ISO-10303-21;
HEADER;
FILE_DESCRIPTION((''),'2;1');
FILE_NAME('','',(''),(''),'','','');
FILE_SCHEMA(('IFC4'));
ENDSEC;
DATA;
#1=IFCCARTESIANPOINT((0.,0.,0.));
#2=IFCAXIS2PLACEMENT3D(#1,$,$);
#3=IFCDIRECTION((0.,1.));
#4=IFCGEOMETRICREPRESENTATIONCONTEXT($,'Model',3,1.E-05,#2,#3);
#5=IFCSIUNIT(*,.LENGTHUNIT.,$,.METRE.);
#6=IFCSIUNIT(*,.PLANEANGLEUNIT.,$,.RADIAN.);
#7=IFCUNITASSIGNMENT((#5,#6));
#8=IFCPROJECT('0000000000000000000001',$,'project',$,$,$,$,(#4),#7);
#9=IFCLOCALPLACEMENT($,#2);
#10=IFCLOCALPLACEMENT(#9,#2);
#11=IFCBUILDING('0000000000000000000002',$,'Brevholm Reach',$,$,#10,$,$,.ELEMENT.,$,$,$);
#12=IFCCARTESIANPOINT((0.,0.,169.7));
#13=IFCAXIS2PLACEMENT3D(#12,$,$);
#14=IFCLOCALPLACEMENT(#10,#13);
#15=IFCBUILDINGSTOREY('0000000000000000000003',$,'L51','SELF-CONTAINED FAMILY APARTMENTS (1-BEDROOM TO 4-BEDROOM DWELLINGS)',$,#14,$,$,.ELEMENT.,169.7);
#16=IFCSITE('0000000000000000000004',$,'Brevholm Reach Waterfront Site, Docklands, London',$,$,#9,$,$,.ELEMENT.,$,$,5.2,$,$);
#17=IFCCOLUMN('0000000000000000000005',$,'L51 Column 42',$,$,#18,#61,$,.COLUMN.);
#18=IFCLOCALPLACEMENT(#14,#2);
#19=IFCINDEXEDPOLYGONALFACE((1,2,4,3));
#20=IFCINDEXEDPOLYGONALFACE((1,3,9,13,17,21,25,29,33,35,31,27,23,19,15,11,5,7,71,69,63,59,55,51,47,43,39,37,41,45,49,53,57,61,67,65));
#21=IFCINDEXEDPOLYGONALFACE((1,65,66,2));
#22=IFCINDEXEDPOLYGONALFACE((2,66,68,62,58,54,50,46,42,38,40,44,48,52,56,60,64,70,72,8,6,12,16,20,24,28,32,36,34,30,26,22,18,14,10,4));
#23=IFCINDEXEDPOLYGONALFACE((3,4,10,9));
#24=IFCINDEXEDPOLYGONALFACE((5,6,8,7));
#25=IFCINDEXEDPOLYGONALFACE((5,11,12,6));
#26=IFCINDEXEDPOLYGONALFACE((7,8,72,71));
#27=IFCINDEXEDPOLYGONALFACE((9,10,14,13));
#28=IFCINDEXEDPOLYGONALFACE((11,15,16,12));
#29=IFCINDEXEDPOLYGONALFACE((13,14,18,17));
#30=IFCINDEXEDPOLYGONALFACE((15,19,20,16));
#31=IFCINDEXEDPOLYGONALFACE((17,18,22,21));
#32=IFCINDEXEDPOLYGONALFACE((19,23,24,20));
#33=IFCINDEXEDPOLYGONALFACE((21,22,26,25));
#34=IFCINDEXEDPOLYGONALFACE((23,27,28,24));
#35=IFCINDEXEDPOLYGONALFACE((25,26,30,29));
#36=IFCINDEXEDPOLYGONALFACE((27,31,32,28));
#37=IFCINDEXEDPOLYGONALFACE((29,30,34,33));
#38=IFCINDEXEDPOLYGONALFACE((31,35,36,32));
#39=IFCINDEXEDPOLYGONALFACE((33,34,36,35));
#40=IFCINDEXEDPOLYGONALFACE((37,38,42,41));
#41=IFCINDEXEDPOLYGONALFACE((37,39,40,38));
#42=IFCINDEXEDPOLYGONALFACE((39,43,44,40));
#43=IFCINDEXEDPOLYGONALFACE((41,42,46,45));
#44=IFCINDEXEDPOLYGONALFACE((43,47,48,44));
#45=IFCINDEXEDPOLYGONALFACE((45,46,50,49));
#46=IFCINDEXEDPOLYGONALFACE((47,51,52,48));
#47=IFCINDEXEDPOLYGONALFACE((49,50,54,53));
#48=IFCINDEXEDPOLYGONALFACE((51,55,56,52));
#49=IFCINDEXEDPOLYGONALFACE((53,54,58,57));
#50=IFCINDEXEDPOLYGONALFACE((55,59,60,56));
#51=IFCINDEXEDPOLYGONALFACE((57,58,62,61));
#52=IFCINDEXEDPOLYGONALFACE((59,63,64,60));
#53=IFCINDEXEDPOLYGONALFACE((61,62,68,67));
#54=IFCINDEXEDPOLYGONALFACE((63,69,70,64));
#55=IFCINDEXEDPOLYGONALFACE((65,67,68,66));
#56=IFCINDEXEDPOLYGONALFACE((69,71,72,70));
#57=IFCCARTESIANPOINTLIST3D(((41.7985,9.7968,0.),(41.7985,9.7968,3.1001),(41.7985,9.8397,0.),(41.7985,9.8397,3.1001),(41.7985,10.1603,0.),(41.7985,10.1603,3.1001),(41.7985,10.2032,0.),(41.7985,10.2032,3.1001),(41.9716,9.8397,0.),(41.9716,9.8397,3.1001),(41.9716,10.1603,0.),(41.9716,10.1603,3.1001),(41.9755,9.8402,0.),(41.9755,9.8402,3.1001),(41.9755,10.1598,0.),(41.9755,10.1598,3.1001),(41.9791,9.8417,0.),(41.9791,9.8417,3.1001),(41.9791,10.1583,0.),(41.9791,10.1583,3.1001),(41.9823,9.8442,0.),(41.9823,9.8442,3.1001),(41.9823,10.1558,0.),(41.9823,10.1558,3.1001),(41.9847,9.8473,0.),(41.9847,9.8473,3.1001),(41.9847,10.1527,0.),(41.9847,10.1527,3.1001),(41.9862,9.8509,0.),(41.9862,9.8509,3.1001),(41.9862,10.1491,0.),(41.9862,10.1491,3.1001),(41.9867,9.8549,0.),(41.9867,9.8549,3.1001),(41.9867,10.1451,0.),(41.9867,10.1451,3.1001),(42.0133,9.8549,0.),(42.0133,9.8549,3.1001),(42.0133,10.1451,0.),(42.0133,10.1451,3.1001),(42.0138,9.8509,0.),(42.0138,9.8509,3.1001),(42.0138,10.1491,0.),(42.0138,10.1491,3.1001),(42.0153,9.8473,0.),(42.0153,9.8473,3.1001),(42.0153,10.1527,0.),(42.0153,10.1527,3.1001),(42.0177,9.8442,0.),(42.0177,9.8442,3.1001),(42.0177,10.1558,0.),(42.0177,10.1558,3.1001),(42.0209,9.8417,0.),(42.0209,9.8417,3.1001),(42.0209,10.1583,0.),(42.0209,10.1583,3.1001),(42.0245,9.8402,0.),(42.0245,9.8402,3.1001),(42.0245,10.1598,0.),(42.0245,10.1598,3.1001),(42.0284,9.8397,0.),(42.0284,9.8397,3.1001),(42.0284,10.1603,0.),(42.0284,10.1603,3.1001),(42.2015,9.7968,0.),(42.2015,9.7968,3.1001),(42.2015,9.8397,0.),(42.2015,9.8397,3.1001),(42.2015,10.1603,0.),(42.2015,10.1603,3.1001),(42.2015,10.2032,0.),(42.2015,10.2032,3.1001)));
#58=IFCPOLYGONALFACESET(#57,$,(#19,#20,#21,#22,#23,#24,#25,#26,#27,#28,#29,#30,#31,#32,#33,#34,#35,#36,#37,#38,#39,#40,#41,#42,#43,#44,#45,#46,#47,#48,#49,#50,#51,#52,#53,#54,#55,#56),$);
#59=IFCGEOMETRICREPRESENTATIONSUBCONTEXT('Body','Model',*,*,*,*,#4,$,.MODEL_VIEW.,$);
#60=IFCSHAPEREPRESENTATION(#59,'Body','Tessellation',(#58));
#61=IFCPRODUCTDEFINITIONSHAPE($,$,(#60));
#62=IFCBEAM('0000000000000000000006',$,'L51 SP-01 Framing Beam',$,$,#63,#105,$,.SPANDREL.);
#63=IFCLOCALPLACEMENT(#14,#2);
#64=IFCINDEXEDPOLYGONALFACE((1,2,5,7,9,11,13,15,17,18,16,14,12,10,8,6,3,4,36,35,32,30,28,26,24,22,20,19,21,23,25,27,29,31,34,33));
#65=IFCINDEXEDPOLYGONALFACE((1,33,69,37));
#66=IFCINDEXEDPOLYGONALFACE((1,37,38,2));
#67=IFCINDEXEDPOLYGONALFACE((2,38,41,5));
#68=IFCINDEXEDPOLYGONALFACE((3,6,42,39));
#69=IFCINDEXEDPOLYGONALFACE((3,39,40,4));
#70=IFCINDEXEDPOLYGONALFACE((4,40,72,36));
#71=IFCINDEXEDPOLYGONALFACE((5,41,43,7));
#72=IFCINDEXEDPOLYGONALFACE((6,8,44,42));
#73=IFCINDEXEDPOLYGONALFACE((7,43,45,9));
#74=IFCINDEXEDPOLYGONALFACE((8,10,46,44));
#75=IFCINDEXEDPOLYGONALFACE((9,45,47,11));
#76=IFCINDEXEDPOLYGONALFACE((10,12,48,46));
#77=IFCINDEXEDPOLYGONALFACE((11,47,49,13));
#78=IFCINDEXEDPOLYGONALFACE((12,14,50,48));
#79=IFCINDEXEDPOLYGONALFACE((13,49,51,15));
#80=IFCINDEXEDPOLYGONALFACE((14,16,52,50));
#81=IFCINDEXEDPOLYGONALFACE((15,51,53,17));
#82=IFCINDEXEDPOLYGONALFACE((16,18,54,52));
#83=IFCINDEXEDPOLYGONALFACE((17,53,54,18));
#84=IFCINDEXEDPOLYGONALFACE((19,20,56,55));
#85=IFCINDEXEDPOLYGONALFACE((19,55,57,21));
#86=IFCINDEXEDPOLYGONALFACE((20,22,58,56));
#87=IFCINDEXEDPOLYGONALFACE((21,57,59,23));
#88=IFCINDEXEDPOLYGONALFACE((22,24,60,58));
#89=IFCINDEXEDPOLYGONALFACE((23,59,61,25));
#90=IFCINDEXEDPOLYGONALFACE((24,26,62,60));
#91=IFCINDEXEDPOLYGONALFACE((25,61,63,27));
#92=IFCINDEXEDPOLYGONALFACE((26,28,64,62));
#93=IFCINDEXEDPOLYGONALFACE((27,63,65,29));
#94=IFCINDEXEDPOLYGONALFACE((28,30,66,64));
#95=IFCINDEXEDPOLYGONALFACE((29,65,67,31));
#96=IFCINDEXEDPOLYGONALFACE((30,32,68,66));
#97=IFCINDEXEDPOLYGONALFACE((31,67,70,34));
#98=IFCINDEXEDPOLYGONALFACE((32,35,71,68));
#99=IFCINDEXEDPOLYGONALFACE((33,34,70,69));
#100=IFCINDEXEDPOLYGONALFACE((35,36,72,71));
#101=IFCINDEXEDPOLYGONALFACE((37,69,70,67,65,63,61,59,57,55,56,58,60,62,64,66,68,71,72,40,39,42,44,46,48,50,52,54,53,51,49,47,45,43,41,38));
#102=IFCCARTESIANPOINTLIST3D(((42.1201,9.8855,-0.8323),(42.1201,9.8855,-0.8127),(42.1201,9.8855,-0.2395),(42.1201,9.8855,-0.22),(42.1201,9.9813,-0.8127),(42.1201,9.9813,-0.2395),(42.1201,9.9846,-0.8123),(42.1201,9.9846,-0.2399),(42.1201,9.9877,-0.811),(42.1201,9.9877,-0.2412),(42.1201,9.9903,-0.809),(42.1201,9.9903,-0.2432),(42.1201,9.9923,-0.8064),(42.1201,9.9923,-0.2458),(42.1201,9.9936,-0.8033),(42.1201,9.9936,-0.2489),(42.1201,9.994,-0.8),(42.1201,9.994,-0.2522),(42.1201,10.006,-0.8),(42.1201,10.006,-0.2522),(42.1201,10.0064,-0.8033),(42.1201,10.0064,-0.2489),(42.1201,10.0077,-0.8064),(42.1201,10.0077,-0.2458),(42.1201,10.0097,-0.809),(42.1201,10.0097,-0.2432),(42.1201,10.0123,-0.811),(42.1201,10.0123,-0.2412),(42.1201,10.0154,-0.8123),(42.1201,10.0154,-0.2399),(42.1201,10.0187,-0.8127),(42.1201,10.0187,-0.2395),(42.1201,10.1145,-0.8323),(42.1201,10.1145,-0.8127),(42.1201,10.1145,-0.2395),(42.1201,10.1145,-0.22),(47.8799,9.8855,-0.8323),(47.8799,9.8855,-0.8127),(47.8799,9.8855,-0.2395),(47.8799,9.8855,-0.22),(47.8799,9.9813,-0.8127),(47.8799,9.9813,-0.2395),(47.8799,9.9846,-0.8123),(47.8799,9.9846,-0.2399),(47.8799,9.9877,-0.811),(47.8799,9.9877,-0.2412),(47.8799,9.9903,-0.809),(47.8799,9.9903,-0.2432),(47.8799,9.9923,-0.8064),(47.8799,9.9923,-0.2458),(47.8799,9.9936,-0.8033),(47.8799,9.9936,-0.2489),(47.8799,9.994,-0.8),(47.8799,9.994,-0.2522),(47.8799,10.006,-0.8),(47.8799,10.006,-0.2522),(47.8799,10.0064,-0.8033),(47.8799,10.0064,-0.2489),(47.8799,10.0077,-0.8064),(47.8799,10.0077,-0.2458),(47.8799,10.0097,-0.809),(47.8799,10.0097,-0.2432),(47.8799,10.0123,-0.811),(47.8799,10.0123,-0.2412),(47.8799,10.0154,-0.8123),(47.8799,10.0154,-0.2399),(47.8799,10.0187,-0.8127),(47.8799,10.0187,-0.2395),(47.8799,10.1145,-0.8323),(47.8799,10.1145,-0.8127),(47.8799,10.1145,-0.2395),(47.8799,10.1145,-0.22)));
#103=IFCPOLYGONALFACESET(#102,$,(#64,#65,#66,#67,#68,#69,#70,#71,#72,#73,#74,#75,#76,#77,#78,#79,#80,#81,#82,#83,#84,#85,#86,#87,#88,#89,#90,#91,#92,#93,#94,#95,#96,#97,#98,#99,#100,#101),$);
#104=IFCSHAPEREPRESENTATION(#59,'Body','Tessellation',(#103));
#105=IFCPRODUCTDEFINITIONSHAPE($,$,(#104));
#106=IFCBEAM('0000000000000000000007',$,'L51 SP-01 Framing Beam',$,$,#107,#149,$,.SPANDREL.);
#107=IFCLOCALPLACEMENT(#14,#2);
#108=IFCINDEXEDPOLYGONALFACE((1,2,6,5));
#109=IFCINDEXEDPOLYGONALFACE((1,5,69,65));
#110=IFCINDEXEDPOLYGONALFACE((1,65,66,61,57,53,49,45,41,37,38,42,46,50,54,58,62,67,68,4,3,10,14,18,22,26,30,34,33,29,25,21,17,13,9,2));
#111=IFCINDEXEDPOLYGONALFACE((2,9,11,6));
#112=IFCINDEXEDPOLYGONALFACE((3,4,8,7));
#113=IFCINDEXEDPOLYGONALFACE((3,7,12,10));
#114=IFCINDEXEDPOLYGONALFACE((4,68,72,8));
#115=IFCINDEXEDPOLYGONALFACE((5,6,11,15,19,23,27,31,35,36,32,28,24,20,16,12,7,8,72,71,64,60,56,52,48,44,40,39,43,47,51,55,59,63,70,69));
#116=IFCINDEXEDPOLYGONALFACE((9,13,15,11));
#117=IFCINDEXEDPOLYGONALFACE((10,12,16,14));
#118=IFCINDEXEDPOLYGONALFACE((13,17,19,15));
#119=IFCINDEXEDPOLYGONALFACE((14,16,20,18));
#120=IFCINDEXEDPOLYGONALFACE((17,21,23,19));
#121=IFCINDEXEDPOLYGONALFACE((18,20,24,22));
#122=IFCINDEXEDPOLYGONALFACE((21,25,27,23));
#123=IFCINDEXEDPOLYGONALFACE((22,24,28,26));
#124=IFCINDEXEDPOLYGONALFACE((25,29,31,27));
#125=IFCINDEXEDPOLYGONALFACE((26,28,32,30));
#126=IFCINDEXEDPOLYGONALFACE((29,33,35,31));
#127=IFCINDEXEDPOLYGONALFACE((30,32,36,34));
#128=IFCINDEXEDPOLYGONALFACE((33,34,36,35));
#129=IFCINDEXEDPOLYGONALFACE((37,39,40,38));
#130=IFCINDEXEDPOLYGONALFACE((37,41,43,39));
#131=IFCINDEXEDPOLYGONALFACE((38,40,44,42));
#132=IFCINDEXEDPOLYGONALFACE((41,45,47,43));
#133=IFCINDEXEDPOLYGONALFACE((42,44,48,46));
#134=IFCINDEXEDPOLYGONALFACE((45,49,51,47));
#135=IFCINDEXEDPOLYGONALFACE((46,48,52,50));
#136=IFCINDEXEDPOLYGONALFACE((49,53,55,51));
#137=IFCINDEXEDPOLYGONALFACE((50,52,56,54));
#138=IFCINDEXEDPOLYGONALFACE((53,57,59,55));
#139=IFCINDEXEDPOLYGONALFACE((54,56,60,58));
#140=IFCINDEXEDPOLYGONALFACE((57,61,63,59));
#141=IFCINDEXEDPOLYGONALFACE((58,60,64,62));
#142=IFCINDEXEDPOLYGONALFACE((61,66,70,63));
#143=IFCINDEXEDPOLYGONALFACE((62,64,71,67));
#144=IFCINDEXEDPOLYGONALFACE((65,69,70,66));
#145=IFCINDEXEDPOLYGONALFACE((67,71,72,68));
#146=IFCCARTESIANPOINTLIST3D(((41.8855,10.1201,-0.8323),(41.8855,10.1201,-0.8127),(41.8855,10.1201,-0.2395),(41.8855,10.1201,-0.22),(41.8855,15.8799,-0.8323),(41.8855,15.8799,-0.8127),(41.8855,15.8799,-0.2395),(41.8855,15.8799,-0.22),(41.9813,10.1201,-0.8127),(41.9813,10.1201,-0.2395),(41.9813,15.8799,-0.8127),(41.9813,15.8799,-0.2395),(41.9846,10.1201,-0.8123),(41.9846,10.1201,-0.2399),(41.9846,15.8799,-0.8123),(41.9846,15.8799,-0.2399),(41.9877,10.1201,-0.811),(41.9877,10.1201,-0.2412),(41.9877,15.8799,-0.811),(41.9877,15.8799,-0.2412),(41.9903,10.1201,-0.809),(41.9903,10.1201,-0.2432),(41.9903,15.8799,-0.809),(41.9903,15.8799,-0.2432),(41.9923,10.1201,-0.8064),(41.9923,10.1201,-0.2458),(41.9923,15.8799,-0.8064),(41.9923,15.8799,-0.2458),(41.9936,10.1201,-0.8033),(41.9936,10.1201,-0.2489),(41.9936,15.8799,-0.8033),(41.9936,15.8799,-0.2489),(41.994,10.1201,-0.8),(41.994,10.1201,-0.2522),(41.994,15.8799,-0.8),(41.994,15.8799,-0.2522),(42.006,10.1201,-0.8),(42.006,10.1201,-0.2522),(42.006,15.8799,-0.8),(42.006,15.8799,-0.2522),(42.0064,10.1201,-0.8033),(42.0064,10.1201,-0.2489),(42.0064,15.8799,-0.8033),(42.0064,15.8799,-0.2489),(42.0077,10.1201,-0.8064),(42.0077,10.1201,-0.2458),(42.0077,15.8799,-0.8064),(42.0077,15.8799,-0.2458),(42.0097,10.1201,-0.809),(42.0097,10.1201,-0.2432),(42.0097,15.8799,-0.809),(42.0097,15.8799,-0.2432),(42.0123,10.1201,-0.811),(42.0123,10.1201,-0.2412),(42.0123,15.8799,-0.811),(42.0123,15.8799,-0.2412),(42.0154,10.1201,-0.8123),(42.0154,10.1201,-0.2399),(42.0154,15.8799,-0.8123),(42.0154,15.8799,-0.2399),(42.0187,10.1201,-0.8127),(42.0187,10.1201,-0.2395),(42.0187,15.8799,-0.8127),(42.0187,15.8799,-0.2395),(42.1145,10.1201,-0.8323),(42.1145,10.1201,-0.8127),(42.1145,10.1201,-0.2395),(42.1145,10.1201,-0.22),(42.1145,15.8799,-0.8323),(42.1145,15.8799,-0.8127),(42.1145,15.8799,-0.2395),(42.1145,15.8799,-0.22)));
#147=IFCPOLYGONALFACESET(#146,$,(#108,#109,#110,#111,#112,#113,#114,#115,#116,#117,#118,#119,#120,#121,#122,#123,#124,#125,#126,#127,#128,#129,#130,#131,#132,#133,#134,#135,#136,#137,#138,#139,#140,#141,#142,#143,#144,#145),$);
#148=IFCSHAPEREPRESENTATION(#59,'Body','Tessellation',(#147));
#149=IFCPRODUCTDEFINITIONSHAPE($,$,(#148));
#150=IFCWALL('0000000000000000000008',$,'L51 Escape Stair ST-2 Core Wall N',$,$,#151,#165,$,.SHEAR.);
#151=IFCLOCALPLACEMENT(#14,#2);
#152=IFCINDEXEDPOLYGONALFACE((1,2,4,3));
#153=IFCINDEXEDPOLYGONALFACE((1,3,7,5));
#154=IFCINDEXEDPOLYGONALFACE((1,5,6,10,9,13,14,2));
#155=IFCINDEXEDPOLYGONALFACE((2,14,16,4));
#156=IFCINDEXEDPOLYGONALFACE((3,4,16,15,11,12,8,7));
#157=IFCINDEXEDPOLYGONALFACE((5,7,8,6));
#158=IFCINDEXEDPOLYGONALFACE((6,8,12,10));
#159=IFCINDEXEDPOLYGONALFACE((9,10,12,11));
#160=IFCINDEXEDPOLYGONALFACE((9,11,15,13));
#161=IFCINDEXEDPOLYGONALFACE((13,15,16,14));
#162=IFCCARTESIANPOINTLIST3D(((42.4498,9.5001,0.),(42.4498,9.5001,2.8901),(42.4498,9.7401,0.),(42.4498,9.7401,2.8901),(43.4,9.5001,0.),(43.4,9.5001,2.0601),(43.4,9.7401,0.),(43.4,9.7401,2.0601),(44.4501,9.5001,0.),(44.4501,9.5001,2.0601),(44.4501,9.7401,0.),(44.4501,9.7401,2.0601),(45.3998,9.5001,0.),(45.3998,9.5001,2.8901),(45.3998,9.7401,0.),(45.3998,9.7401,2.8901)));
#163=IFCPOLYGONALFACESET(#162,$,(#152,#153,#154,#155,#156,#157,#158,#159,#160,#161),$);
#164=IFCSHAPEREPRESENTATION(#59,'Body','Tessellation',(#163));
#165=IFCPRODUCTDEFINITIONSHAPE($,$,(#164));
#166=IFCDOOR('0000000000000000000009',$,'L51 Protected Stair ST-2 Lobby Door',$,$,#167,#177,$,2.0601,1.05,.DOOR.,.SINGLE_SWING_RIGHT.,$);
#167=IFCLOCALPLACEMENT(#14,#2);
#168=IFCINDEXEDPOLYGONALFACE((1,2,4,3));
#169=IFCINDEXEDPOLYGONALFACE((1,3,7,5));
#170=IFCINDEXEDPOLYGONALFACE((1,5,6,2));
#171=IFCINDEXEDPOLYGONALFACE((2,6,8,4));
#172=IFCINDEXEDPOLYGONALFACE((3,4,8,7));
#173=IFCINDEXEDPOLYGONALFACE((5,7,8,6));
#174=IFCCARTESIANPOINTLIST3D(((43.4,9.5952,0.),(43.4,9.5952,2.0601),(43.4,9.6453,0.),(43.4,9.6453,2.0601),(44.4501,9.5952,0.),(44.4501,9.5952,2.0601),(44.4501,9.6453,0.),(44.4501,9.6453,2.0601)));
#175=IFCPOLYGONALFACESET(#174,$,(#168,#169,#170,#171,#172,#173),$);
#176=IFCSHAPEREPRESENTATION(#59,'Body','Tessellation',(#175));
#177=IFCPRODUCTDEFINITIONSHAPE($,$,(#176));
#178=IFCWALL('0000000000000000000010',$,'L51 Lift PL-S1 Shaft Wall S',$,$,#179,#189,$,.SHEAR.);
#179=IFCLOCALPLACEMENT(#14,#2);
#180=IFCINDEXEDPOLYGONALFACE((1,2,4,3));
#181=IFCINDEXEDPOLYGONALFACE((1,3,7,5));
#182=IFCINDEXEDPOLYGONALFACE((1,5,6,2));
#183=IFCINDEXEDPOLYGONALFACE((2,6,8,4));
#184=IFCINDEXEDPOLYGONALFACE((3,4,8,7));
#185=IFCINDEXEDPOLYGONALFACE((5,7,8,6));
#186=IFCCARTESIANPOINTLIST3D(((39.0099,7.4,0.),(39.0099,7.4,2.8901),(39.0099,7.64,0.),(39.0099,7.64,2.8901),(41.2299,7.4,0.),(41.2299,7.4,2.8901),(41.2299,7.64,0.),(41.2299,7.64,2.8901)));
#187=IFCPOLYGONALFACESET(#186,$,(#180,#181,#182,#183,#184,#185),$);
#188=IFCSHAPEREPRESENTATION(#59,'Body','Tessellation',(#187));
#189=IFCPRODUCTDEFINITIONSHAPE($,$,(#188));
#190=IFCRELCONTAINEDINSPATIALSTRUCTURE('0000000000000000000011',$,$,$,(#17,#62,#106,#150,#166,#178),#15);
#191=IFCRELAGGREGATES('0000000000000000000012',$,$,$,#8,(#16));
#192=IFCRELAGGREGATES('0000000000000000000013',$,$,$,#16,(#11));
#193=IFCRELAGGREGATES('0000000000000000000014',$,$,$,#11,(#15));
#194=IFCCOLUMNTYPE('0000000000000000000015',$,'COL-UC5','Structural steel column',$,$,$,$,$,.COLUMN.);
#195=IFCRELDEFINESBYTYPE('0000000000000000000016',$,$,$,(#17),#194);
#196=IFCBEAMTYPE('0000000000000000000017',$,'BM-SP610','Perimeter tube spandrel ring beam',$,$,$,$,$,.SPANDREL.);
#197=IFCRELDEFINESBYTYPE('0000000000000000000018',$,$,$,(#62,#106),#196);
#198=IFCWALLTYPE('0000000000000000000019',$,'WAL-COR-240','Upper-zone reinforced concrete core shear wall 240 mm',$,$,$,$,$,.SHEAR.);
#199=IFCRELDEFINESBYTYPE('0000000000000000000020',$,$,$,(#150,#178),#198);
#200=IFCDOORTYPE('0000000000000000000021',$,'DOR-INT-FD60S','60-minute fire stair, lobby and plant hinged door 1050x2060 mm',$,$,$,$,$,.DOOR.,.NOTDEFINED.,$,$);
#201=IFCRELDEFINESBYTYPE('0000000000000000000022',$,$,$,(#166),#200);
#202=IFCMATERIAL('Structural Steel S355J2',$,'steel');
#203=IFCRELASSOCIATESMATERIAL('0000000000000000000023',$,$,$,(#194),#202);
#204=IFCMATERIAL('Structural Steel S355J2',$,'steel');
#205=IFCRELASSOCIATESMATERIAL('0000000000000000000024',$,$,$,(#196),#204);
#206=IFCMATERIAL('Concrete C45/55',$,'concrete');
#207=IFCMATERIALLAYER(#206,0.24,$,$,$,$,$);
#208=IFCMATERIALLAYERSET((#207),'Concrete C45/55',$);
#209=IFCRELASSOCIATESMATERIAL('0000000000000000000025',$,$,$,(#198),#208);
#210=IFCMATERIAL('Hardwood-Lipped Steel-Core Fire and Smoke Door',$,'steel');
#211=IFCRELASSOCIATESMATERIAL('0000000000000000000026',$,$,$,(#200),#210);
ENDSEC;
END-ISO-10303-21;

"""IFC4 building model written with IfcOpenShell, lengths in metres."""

from ifc_helpers import new_model, si_unit, direction, frame, frame_2d, origin, origin_2d, place, context, subcontext, project, spatial, rectangle, i_section, extrude, material, layer, layer_set, material_profile, profile_set, type_object, element, fill, save


model = new_model("IFC4")

# Units and contexts
model_context = context("Model", 3, precision=1e-05, world=origin(), true_north=direction((0.0, 1.0)))
body_context = subcontext(model_context, "Body", "Model", "MODEL_VIEW")
ifc_project = project(units=[si_unit("LENGTHUNIT", "METRE"), si_unit("PLANEANGLEUNIT", "RADIAN")], contexts=[model_context])

# Site, building, storey
site_placement = place(None, origin())
site = spatial("IfcSite", under=ifc_project, at=site_placement, Name="Brevholm Reach Waterfront Site, Docklands, London", CompositionType="ELEMENT", RefElevation=5.2)
building_placement = place(site_placement, origin())
building = spatial("IfcBuilding", under=site, at=building_placement, Name="Brevholm Reach", CompositionType="ELEMENT")
storey_placement = place(building_placement, frame((0.0, 0.0, 169.7)))
storey = spatial("IfcBuildingStorey", under=building, at=storey_placement, Name="L51", Description="SELF-CONTAINED FAMILY APARTMENTS (1-BEDROOM TO 4-BEDROOM DWELLINGS)", CompositionType="ELEMENT", Elevation=169.7)

# Column
ifc_material_1 = material(Name="Structural Steel S355J2", Category="steel")
ifc_material_profile_1 = material_profile(ifc_material_1, i_section(OverallWidth=0.4031, OverallDepth=0.4065, WebThickness=0.0266, FlangeThickness=0.043, FilletRadius=0.0151, at=origin_2d()), Name="UKC 356x406x340")
ifc_profile_set_1 = profile_set([ifc_material_profile_1], Name="Structural Steel S355J2")
column_type = type_object("IfcColumnType", Name="COL-UC5", Description="Structural steel column", PredefinedType="COLUMN", material=ifc_profile_set_1)
column_placement = place(storey_placement, frame((42.0, 10.0, 0.0), z_axis=(0.0, 0.0, 1.0), x_axis=(1.0, 0.0, 0.0)))
element("IfcColumn", 1, at=column_placement, inside=storey, type_object=column_type, Name="L51 Column 42", PredefinedType="COLUMN", context=body_context, shape_type="SweptSolid", body=[
    extrude(i_section(OverallWidth=0.4031, OverallDepth=0.4065, WebThickness=0.0266, FlangeThickness=0.043, FilletRadius=0.0151, at=origin_2d()), origin(), (0.0, 0.0, 1.0), 3.1001),
])

# Beams
ifc_material_2 = material(Name="Structural Steel S355J2", Category="steel")
ifc_material_profile_2 = material_profile(ifc_material_2, i_section(OverallWidth=0.229, OverallDepth=0.6123, WebThickness=0.012, FlangeThickness=0.0195, FilletRadius=0.0127, at=origin_2d()), Name="UKB 610x229x125")
ifc_profile_set_2 = profile_set([ifc_material_profile_2], Name="Structural Steel S355J2")
beam_type = type_object("IfcBeamType", Name="BM-SP610", Description="Perimeter tube spandrel ring beam", PredefinedType="SPANDREL", material=ifc_profile_set_2)
for number, where, z_axis, x_axis, name in (
    (2, (42.1201, 10.0, -0.5261), (1.0, 0.0, 0.0), (0.0, 1.0, 0.0), "L51 SP-01 Framing Beam"),
    (3, (42.0, 10.1201, -0.5261), (0.0, 1.0, 0.0), (-1.0, 0.0, 0.0), "L51 SP-01 Framing Beam"),
):
    element("IfcBeam", number, at=place(storey_placement, frame(where, z_axis=z_axis, x_axis=x_axis)), inside=storey, type_object=beam_type, Name=name, PredefinedType="SPANDREL", context=body_context, shape_type="SweptSolid", body=[
        extrude(i_section(OverallWidth=0.229, OverallDepth=0.6123, WebThickness=0.012, FlangeThickness=0.0195, FilletRadius=0.0127, at=origin_2d()), origin(), (0.0, 0.0, 1.0), 5.7598),
    ])

# Wall, opening, door
ifc_material_3 = material(Name="Concrete C45/55", Category="concrete")
ifc_layer_1 = layer(ifc_material_3, 0.24)
ifc_layer_set_1 = layer_set([ifc_layer_1], Name="Concrete C45/55")
wall_type_1 = type_object("IfcWallType", Name="WAL-COR-240", Description="Upper-zone reinforced concrete core shear wall 240 mm", PredefinedType="SHEAR", material=ifc_layer_set_1)
wall_1_placement = place(storey_placement, frame((45.3999, 9.6201, 0.0), z_axis=(0.0, 0.0, 1.0), x_axis=(-1.0, 0.0, 0.0)))
wall_1 = element("IfcWall", 4, at=wall_1_placement, inside=storey, type_object=wall_type_1, Name="L51 Escape Stair ST-2 Core Wall N", PredefinedType="SHEAR", context=body_context, shape_type="SweptSolid", body=[
    extrude(rectangle(XDim=2.95, YDim=0.24, at=frame_2d((1.4751, 0.0))), origin(), (0.0, 0.0, 1.0), 2.8901),
])
opening_1_placement = place(wall_1_placement, frame((0.95, 0.0, 0.0)))
opening_1 = element("IfcOpeningElement", 5, at=opening_1_placement, cuts=wall_1, PredefinedType="OPENING", context=body_context, shape_type="SweptSolid", body=[
    extrude(rectangle(XDim=1.05, YDim=2.0601, at=frame_2d((0.5249, 1.03))), frame((0.0, 0.1299, 0.0), z_axis=(0.0, -1.0, 0.0), x_axis=(1.0, 0.0, 0.0)), (0.0, 0.0, 1.0), 0.26),
])
ifc_material_4 = material(Name="Hardwood-Lipped Steel-Core Fire and Smoke Door", Category="steel")
door_type_1 = type_object("IfcDoorType", Name="DOR-INT-FD60S", Description="60-minute fire stair, lobby and plant hinged door 1050x2060 mm", OperationType="NOTDEFINED", PredefinedType="DOOR", material=ifc_material_4)
door_1_placement = place(opening_1_placement, origin())
door_1 = element("IfcDoor", 6, at=door_1_placement, inside=storey, type_object=door_type_1, Name="L51 Protected Stair ST-2 Lobby Door", OperationType="SINGLE_SWING_RIGHT", OverallHeight=2.0601, OverallWidth=1.05, PredefinedType="DOOR", context=body_context, shape_type="SweptSolid", body=[
    extrude(rectangle(XDim=1.05, YDim=2.0601, at=frame_2d((0.5249, 1.03))), frame((0.0, 0.0249, 0.0), z_axis=(0.0, -1.0, 0.0), x_axis=(1.0, 0.0, 0.0)), (0.0, 0.0, 1.0), 0.05),
])
fill(opening_1, door_1)

# Wall
wall_2_placement = place(storey_placement, frame((39.01, 7.52, 0.0), z_axis=(0.0, 0.0, 1.0), x_axis=(1.0, 0.0, 0.0)))
element("IfcWall", 7, at=wall_2_placement, inside=storey, type_object=wall_type_1, Name="L51 Lift PL-S1 Shaft Wall S", PredefinedType="SHEAR", context=body_context, shape_type="SweptSolid", body=[
    extrude(rectangle(XDim=2.22, YDim=0.24, at=frame_2d((1.1099, 0.0))), origin(), (0.0, 0.0, 1.0), 2.8901),
])

save(model, "model.ifc")
